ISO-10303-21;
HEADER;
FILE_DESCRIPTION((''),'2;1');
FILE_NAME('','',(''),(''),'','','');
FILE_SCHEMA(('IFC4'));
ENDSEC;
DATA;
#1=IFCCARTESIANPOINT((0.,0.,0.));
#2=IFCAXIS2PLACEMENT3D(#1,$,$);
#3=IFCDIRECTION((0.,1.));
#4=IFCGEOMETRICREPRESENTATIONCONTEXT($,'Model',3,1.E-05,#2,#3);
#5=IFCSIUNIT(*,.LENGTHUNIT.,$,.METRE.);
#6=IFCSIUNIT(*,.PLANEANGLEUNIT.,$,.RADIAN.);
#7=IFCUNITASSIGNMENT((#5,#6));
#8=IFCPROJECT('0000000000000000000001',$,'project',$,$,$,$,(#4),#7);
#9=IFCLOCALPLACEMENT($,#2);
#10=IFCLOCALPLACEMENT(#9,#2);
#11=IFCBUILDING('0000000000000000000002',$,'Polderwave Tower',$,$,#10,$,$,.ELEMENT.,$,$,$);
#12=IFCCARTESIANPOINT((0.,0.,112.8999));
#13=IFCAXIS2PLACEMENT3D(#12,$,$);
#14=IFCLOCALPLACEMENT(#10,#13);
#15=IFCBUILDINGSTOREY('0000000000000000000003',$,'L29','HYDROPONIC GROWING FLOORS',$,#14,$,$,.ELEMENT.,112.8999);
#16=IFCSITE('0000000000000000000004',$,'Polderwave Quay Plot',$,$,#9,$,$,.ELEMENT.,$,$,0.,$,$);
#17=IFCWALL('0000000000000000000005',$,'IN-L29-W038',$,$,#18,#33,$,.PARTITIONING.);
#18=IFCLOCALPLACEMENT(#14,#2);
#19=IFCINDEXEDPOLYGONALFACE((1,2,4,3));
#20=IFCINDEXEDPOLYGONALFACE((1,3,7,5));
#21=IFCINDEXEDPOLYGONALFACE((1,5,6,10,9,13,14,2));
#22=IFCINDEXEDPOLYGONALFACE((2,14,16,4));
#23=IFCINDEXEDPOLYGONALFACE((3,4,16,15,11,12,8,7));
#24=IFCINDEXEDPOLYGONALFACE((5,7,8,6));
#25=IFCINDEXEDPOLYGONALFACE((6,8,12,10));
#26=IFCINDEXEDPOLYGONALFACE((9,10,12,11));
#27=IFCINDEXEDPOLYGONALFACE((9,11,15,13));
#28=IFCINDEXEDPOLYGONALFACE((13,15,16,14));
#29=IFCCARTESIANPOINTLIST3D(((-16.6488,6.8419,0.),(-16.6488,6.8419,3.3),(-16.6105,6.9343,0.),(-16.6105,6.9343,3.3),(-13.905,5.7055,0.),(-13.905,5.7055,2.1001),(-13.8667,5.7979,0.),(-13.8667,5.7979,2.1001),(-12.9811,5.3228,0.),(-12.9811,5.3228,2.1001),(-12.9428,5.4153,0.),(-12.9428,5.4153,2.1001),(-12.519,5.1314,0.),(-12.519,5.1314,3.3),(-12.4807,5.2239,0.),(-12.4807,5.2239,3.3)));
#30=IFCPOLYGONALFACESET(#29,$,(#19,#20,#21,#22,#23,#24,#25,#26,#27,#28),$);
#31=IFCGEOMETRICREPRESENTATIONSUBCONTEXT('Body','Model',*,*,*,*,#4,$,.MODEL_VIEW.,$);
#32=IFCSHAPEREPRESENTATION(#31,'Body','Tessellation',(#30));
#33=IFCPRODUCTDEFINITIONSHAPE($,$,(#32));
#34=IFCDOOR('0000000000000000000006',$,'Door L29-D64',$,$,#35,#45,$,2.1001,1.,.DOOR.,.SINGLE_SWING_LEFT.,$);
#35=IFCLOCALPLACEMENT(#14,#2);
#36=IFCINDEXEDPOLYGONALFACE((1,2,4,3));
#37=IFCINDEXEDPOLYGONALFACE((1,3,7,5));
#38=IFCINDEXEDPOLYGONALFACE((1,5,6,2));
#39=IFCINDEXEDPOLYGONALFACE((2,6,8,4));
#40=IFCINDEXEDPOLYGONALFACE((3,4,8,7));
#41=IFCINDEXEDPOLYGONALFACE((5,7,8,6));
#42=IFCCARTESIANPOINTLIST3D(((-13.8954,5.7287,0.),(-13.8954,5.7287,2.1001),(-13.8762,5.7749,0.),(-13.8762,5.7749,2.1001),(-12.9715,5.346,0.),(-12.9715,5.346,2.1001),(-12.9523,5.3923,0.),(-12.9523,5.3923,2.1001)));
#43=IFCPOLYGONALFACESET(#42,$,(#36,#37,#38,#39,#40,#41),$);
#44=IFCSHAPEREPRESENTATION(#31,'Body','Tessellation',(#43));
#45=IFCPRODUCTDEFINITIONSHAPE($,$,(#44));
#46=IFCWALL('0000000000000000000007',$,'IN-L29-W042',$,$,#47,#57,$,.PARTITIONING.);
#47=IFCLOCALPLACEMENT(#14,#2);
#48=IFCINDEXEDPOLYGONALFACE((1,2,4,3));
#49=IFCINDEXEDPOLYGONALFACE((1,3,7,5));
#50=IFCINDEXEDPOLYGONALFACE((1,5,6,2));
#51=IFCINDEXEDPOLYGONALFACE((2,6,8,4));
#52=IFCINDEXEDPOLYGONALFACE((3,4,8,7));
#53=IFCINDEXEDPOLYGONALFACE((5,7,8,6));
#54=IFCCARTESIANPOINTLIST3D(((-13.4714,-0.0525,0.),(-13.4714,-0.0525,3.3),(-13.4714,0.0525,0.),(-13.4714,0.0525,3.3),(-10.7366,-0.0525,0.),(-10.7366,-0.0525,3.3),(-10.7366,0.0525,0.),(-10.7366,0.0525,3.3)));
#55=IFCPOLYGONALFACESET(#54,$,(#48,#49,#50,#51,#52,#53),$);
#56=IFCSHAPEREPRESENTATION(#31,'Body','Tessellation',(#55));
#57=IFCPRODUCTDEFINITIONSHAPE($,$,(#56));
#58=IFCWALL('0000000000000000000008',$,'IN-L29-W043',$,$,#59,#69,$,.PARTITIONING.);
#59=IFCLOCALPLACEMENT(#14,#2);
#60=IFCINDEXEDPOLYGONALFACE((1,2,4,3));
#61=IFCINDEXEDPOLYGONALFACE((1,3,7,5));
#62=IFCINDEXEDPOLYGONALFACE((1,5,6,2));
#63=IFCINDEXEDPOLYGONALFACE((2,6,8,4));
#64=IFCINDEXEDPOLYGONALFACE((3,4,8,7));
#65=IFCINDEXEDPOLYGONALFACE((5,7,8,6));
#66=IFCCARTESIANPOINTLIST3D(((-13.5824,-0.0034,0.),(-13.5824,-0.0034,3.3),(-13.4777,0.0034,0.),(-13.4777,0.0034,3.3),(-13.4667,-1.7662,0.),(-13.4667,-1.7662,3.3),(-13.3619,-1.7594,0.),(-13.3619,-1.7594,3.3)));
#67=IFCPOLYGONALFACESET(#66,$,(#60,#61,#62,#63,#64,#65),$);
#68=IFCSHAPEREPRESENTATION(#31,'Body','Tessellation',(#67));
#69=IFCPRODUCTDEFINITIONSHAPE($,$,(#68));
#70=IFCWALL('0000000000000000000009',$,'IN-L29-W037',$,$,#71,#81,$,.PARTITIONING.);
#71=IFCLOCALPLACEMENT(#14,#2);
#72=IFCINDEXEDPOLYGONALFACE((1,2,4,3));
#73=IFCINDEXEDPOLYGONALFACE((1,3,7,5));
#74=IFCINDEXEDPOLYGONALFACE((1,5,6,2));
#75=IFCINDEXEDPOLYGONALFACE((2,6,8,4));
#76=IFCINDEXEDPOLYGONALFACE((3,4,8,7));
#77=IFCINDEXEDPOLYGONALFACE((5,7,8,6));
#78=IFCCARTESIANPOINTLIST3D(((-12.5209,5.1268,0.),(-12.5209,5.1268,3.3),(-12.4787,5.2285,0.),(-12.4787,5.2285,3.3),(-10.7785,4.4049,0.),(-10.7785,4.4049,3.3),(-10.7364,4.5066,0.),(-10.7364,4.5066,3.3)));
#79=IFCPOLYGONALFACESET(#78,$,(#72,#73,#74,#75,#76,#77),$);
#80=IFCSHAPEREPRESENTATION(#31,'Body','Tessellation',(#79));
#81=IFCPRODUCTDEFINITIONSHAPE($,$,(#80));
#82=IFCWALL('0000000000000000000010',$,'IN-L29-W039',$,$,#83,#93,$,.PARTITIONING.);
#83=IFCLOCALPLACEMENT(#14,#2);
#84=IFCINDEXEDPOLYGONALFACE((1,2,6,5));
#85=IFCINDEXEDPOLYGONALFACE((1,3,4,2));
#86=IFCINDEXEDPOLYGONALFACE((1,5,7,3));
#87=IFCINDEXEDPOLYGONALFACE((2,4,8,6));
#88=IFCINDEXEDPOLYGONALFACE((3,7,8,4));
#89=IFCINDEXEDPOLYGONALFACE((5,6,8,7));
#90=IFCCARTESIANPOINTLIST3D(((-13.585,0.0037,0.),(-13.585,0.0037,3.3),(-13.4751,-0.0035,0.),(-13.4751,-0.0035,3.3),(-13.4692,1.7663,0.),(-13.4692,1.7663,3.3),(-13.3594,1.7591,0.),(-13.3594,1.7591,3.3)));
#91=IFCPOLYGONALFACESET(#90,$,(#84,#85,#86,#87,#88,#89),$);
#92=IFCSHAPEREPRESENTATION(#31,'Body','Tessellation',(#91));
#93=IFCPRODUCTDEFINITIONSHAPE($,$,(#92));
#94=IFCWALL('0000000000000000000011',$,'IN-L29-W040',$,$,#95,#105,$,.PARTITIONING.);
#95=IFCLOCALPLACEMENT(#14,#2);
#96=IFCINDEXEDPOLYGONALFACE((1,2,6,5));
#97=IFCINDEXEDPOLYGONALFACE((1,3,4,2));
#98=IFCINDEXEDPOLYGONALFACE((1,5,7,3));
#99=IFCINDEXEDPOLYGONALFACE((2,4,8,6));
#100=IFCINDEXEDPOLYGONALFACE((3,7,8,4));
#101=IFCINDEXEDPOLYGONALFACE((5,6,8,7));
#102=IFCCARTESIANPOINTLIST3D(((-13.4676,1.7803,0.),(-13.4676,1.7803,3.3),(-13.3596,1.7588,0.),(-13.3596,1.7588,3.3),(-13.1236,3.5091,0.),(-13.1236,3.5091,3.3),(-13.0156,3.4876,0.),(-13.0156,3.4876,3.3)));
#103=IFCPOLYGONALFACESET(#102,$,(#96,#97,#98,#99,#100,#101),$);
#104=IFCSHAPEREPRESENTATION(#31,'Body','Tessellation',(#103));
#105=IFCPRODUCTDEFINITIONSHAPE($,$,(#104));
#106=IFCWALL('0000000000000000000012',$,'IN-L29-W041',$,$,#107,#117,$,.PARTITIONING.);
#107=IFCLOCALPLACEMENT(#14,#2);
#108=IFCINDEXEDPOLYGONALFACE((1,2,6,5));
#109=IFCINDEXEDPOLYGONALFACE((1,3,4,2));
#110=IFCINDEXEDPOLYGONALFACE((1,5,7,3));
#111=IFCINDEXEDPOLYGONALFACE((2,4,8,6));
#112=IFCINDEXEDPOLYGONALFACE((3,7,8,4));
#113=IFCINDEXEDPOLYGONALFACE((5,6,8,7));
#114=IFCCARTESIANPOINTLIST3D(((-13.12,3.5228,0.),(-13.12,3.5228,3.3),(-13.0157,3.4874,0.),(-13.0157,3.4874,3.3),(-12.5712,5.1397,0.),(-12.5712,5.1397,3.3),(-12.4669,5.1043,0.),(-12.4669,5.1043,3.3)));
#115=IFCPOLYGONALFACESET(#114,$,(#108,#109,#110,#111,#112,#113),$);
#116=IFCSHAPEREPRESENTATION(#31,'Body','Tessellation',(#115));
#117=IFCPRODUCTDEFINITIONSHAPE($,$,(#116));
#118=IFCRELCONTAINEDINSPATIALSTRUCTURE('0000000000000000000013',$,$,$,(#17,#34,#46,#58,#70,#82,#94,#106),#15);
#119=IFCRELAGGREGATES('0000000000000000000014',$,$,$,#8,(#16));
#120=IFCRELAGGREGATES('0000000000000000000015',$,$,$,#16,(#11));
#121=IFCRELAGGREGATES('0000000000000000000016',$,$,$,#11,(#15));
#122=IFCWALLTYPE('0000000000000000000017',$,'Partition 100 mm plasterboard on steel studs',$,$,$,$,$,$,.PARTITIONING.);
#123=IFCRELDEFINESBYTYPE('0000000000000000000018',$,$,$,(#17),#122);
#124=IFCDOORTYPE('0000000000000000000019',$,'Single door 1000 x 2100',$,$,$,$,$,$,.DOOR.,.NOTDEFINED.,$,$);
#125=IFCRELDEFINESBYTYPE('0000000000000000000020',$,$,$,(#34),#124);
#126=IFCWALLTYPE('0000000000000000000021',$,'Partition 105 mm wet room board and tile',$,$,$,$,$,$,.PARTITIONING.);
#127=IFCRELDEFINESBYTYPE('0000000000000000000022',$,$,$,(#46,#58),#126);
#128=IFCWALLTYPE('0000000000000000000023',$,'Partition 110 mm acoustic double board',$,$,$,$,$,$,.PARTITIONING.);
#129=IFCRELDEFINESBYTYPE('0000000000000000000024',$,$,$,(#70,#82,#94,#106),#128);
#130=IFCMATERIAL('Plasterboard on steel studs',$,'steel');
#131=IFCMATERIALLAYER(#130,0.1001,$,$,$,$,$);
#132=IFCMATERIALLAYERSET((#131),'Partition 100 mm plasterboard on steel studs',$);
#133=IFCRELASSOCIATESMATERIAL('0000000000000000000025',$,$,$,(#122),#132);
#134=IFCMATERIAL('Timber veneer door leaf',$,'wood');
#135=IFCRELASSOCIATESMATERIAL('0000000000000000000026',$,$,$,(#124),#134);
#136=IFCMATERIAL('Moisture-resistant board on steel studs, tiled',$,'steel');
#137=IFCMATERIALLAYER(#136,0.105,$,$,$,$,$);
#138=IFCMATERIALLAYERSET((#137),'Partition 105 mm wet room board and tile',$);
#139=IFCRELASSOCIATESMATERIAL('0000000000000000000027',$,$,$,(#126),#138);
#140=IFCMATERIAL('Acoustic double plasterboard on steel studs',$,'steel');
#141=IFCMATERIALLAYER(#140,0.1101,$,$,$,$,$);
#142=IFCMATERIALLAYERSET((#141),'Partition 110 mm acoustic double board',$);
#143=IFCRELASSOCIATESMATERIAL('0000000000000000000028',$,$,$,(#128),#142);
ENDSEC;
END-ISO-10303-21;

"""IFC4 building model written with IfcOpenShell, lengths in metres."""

from ifc_helpers import new_model, si_unit, direction, frame, frame_2d, origin, place, context, subcontext, project, spatial, rectangle, extrude, material, layer, layer_set, type_object, element, fill, save


model = new_model("IFC4")

# Units and contexts
model_context = context("Model", 3, precision=1e-05, world=origin(), true_north=direction((0.0, 1.0)))
body_context = subcontext(model_context, "Body", "Model", "MODEL_VIEW")
ifc_project = project(units=[si_unit("LENGTHUNIT", "METRE"), si_unit("PLANEANGLEUNIT", "RADIAN")], contexts=[model_context])

# Site, building, storey
site_placement = place(None, origin())
site = spatial("IfcSite", under=ifc_project, at=site_placement, Name="Polderwave Quay Plot", CompositionType="ELEMENT", RefElevation=0.0)
building_placement = place(site_placement, origin())
building = spatial("IfcBuilding", under=site, at=building_placement, Name="Polderwave Tower", CompositionType="ELEMENT")
storey_placement = place(building_placement, frame((0.0, 0.0, 112.8999)))
storey = spatial("IfcBuildingStorey", under=building, at=storey_placement, Name="L29", Description="HYDROPONIC GROWING FLOORS", CompositionType="ELEMENT", Elevation=112.8999)

# Wall, opening, door
ifc_material_1 = material(Name="Plasterboard on steel studs", Category="steel")
ifc_layer_1 = layer(ifc_material_1, 0.1001)
ifc_layer_set_1 = layer_set([ifc_layer_1], Name="Partition 100 mm plasterboard on steel studs")
wall_type_1 = type_object("IfcWallType", Name="Partition 100 mm plasterboard on steel studs", PredefinedType="PARTITIONING", material=ifc_layer_set_1)
wall_1_placement = place(storey_placement, frame((-12.5, 5.1777, 0.0), z_axis=(0.0, 0.0, 1.0), x_axis=(-0.923896, 0.382644, 0.0)))
wall_1 = element("IfcWall", 1, at=wall_1_placement, inside=storey, type_object=wall_type_1, Name="IN-L29-W038", PredefinedType="PARTITIONING", context=body_context, shape_type="SweptSolid", body=[
    extrude(rectangle(XDim=4.47, YDim=0.1001, at=frame_2d((2.2349, 0.0))), origin(), (0.0, 0.0, 1.0), 3.3),
])
opening_1_placement = place(wall_1_placement, frame((0.5, 0.0, 0.0)))
opening_1 = element("IfcOpeningElement", 2, at=opening_1_placement, cuts=wall_1, PredefinedType="OPENING", context=body_context, shape_type="SweptSolid", body=[
    extrude(rectangle(XDim=1.0, YDim=2.1001, at=frame_2d((0.5, 1.05))), frame((0.0, 0.0601, 0.0), z_axis=(0.0, -1.0, 0.0), x_axis=(1.0, 0.0, 0.0)), (0.0, 0.0, 1.0), 0.1201),
])
ifc_material_2 = material(Name="Timber veneer door leaf", Category="wood")
door_type_1 = type_object("IfcDoorType", Name="Single door 1000 x 2100", OperationType="NOTDEFINED", PredefinedType="DOOR", material=ifc_material_2)
door_1_placement = place(opening_1_placement, origin())
door_1 = element("IfcDoor", 3, at=door_1_placement, inside=storey, type_object=door_type_1, Name="Door L29-D64", OperationType="SINGLE_SWING_LEFT", OverallHeight=2.1001, OverallWidth=1.0, PredefinedType="DOOR", context=body_context, shape_type="SweptSolid", body=[
    extrude(rectangle(XDim=1.0, YDim=2.1001, at=frame_2d((0.5, 1.05))), frame((0.0, 0.0249, 0.0), z_axis=(0.0, -1.0, 0.0), x_axis=(1.0, 0.0, 0.0)), (0.0, 0.0, 1.0), 0.05),
])
fill(opening_1, door_1)

# Walls
ifc_material_3 = material(Name="Moisture-resistant board on steel studs, tiled", Category="steel")
ifc_layer_2 = layer(ifc_material_3, 0.105)
ifc_layer_set_2 = layer_set([ifc_layer_2], Name="Partition 105 mm wet room board and tile")
wall_type_2 = type_object("IfcWallType", Name="Partition 105 mm wet room board and tile", PredefinedType="PARTITIONING", material=ifc_layer_set_2)
wall_2_placement = place(storey_placement, frame((-10.7366, 0.0, 0.0), z_axis=(0.0, 0.0, 1.0), x_axis=(-1.0, 0.0, 0.0)))
element("IfcWall", 4, at=wall_2_placement, inside=storey, type_object=wall_type_2, Name="IN-L29-W042", PredefinedType="PARTITIONING", context=body_context, shape_type="SweptSolid", body=[
    extrude(rectangle(XDim=2.7349, YDim=0.105, at=frame_2d((1.3674, 0.0))), origin(), (0.0, 0.0, 1.0), 3.3),
])
wall_3_placement = place(storey_placement, frame((-13.53, 0.0, 0.0), z_axis=(0.0, 0.0, 1.0), x_axis=(0.06551, -0.997852, 0.0)))
element("IfcWall", 5, at=wall_3_placement, inside=storey, type_object=wall_type_2, Name="IN-L29-W043", PredefinedType="PARTITIONING", context=body_context, shape_type="SweptSolid", body=[
    extrude(rectangle(XDim=1.7666, YDim=0.105, at=frame_2d((0.8833, 0.0))), origin(), (0.0, 0.0, 1.0), 3.3),
])
ifc_material_4 = material(Name="Acoustic double plasterboard on steel studs", Category="steel")
ifc_layer_3 = layer(ifc_material_4, 0.1101)
ifc_layer_set_3 = layer_set([ifc_layer_3], Name="Partition 110 mm acoustic double board")
wall_type_3 = type_object("IfcWallType", Name="Partition 110 mm acoustic double board", PredefinedType="PARTITIONING", material=ifc_layer_set_3)
wall_4_placement = place(storey_placement, frame((-10.7576, 4.4558, 0.0), z_axis=(0.0, 0.0, 1.0), x_axis=(-0.923845, 0.382767, 0.0)))
element("IfcWall", 6, at=wall_4_placement, inside=storey, type_object=wall_type_3, Name="IN-L29-W037", PredefinedType="PARTITIONING", context=body_context, shape_type="SweptSolid", body=[
    extrude(rectangle(XDim=1.886, YDim=0.1101, at=frame_2d((0.9429, 0.0))), origin(), (0.0, 0.0, 1.0), 3.3),
])
wall_5_placement = place(storey_placement, frame((-13.53, 0.0, 0.0), z_axis=(0.0, 0.0, 1.0), x_axis=(0.065519, 0.997851, 0.0)))
element("IfcWall", 7, at=wall_5_placement, inside=storey, type_object=wall_type_3, Name="IN-L29-W039", PredefinedType="PARTITIONING", context=body_context, shape_type="SweptSolid", body=[
    extrude(rectangle(XDim=1.7664, YDim=0.1101, at=frame_2d((0.8833, 0.0))), origin(), (0.0, 0.0, 1.0), 3.3),
])
wall_6_placement = place(storey_placement, frame((-13.4136, 1.7695, 0.0), z_axis=(0.0, 0.0, 1.0), x_axis=(0.195157, 0.980772, 0.0)))
element("IfcWall", 8, at=wall_6_placement, inside=storey, type_object=wall_type_3, Name="IN-L29-W040", PredefinedType="PARTITIONING", context=body_context, shape_type="SweptSolid", body=[
    extrude(rectangle(XDim=1.7627, YDim=0.1101, at=frame_2d((0.8813, 0.0))), origin(), (0.0, 0.0, 1.0), 3.3),
])
wall_7_placement = place(storey_placement, frame((-13.0679, 3.5051, 0.0), z_axis=(0.0, 0.0, 1.0), x_axis=(0.321413, 0.946939, 0.0)))
element("IfcWall", 9, at=wall_7_placement, inside=storey, type_object=wall_type_3, Name="IN-L29-W041", PredefinedType="PARTITIONING", context=body_context, shape_type="SweptSolid", body=[
    extrude(rectangle(XDim=1.7075, YDim=0.1101, at=frame_2d((0.8538, 0.0))), origin(), (0.0, 0.0, 1.0), 3.3),
])

save(model, "model.ifc")
